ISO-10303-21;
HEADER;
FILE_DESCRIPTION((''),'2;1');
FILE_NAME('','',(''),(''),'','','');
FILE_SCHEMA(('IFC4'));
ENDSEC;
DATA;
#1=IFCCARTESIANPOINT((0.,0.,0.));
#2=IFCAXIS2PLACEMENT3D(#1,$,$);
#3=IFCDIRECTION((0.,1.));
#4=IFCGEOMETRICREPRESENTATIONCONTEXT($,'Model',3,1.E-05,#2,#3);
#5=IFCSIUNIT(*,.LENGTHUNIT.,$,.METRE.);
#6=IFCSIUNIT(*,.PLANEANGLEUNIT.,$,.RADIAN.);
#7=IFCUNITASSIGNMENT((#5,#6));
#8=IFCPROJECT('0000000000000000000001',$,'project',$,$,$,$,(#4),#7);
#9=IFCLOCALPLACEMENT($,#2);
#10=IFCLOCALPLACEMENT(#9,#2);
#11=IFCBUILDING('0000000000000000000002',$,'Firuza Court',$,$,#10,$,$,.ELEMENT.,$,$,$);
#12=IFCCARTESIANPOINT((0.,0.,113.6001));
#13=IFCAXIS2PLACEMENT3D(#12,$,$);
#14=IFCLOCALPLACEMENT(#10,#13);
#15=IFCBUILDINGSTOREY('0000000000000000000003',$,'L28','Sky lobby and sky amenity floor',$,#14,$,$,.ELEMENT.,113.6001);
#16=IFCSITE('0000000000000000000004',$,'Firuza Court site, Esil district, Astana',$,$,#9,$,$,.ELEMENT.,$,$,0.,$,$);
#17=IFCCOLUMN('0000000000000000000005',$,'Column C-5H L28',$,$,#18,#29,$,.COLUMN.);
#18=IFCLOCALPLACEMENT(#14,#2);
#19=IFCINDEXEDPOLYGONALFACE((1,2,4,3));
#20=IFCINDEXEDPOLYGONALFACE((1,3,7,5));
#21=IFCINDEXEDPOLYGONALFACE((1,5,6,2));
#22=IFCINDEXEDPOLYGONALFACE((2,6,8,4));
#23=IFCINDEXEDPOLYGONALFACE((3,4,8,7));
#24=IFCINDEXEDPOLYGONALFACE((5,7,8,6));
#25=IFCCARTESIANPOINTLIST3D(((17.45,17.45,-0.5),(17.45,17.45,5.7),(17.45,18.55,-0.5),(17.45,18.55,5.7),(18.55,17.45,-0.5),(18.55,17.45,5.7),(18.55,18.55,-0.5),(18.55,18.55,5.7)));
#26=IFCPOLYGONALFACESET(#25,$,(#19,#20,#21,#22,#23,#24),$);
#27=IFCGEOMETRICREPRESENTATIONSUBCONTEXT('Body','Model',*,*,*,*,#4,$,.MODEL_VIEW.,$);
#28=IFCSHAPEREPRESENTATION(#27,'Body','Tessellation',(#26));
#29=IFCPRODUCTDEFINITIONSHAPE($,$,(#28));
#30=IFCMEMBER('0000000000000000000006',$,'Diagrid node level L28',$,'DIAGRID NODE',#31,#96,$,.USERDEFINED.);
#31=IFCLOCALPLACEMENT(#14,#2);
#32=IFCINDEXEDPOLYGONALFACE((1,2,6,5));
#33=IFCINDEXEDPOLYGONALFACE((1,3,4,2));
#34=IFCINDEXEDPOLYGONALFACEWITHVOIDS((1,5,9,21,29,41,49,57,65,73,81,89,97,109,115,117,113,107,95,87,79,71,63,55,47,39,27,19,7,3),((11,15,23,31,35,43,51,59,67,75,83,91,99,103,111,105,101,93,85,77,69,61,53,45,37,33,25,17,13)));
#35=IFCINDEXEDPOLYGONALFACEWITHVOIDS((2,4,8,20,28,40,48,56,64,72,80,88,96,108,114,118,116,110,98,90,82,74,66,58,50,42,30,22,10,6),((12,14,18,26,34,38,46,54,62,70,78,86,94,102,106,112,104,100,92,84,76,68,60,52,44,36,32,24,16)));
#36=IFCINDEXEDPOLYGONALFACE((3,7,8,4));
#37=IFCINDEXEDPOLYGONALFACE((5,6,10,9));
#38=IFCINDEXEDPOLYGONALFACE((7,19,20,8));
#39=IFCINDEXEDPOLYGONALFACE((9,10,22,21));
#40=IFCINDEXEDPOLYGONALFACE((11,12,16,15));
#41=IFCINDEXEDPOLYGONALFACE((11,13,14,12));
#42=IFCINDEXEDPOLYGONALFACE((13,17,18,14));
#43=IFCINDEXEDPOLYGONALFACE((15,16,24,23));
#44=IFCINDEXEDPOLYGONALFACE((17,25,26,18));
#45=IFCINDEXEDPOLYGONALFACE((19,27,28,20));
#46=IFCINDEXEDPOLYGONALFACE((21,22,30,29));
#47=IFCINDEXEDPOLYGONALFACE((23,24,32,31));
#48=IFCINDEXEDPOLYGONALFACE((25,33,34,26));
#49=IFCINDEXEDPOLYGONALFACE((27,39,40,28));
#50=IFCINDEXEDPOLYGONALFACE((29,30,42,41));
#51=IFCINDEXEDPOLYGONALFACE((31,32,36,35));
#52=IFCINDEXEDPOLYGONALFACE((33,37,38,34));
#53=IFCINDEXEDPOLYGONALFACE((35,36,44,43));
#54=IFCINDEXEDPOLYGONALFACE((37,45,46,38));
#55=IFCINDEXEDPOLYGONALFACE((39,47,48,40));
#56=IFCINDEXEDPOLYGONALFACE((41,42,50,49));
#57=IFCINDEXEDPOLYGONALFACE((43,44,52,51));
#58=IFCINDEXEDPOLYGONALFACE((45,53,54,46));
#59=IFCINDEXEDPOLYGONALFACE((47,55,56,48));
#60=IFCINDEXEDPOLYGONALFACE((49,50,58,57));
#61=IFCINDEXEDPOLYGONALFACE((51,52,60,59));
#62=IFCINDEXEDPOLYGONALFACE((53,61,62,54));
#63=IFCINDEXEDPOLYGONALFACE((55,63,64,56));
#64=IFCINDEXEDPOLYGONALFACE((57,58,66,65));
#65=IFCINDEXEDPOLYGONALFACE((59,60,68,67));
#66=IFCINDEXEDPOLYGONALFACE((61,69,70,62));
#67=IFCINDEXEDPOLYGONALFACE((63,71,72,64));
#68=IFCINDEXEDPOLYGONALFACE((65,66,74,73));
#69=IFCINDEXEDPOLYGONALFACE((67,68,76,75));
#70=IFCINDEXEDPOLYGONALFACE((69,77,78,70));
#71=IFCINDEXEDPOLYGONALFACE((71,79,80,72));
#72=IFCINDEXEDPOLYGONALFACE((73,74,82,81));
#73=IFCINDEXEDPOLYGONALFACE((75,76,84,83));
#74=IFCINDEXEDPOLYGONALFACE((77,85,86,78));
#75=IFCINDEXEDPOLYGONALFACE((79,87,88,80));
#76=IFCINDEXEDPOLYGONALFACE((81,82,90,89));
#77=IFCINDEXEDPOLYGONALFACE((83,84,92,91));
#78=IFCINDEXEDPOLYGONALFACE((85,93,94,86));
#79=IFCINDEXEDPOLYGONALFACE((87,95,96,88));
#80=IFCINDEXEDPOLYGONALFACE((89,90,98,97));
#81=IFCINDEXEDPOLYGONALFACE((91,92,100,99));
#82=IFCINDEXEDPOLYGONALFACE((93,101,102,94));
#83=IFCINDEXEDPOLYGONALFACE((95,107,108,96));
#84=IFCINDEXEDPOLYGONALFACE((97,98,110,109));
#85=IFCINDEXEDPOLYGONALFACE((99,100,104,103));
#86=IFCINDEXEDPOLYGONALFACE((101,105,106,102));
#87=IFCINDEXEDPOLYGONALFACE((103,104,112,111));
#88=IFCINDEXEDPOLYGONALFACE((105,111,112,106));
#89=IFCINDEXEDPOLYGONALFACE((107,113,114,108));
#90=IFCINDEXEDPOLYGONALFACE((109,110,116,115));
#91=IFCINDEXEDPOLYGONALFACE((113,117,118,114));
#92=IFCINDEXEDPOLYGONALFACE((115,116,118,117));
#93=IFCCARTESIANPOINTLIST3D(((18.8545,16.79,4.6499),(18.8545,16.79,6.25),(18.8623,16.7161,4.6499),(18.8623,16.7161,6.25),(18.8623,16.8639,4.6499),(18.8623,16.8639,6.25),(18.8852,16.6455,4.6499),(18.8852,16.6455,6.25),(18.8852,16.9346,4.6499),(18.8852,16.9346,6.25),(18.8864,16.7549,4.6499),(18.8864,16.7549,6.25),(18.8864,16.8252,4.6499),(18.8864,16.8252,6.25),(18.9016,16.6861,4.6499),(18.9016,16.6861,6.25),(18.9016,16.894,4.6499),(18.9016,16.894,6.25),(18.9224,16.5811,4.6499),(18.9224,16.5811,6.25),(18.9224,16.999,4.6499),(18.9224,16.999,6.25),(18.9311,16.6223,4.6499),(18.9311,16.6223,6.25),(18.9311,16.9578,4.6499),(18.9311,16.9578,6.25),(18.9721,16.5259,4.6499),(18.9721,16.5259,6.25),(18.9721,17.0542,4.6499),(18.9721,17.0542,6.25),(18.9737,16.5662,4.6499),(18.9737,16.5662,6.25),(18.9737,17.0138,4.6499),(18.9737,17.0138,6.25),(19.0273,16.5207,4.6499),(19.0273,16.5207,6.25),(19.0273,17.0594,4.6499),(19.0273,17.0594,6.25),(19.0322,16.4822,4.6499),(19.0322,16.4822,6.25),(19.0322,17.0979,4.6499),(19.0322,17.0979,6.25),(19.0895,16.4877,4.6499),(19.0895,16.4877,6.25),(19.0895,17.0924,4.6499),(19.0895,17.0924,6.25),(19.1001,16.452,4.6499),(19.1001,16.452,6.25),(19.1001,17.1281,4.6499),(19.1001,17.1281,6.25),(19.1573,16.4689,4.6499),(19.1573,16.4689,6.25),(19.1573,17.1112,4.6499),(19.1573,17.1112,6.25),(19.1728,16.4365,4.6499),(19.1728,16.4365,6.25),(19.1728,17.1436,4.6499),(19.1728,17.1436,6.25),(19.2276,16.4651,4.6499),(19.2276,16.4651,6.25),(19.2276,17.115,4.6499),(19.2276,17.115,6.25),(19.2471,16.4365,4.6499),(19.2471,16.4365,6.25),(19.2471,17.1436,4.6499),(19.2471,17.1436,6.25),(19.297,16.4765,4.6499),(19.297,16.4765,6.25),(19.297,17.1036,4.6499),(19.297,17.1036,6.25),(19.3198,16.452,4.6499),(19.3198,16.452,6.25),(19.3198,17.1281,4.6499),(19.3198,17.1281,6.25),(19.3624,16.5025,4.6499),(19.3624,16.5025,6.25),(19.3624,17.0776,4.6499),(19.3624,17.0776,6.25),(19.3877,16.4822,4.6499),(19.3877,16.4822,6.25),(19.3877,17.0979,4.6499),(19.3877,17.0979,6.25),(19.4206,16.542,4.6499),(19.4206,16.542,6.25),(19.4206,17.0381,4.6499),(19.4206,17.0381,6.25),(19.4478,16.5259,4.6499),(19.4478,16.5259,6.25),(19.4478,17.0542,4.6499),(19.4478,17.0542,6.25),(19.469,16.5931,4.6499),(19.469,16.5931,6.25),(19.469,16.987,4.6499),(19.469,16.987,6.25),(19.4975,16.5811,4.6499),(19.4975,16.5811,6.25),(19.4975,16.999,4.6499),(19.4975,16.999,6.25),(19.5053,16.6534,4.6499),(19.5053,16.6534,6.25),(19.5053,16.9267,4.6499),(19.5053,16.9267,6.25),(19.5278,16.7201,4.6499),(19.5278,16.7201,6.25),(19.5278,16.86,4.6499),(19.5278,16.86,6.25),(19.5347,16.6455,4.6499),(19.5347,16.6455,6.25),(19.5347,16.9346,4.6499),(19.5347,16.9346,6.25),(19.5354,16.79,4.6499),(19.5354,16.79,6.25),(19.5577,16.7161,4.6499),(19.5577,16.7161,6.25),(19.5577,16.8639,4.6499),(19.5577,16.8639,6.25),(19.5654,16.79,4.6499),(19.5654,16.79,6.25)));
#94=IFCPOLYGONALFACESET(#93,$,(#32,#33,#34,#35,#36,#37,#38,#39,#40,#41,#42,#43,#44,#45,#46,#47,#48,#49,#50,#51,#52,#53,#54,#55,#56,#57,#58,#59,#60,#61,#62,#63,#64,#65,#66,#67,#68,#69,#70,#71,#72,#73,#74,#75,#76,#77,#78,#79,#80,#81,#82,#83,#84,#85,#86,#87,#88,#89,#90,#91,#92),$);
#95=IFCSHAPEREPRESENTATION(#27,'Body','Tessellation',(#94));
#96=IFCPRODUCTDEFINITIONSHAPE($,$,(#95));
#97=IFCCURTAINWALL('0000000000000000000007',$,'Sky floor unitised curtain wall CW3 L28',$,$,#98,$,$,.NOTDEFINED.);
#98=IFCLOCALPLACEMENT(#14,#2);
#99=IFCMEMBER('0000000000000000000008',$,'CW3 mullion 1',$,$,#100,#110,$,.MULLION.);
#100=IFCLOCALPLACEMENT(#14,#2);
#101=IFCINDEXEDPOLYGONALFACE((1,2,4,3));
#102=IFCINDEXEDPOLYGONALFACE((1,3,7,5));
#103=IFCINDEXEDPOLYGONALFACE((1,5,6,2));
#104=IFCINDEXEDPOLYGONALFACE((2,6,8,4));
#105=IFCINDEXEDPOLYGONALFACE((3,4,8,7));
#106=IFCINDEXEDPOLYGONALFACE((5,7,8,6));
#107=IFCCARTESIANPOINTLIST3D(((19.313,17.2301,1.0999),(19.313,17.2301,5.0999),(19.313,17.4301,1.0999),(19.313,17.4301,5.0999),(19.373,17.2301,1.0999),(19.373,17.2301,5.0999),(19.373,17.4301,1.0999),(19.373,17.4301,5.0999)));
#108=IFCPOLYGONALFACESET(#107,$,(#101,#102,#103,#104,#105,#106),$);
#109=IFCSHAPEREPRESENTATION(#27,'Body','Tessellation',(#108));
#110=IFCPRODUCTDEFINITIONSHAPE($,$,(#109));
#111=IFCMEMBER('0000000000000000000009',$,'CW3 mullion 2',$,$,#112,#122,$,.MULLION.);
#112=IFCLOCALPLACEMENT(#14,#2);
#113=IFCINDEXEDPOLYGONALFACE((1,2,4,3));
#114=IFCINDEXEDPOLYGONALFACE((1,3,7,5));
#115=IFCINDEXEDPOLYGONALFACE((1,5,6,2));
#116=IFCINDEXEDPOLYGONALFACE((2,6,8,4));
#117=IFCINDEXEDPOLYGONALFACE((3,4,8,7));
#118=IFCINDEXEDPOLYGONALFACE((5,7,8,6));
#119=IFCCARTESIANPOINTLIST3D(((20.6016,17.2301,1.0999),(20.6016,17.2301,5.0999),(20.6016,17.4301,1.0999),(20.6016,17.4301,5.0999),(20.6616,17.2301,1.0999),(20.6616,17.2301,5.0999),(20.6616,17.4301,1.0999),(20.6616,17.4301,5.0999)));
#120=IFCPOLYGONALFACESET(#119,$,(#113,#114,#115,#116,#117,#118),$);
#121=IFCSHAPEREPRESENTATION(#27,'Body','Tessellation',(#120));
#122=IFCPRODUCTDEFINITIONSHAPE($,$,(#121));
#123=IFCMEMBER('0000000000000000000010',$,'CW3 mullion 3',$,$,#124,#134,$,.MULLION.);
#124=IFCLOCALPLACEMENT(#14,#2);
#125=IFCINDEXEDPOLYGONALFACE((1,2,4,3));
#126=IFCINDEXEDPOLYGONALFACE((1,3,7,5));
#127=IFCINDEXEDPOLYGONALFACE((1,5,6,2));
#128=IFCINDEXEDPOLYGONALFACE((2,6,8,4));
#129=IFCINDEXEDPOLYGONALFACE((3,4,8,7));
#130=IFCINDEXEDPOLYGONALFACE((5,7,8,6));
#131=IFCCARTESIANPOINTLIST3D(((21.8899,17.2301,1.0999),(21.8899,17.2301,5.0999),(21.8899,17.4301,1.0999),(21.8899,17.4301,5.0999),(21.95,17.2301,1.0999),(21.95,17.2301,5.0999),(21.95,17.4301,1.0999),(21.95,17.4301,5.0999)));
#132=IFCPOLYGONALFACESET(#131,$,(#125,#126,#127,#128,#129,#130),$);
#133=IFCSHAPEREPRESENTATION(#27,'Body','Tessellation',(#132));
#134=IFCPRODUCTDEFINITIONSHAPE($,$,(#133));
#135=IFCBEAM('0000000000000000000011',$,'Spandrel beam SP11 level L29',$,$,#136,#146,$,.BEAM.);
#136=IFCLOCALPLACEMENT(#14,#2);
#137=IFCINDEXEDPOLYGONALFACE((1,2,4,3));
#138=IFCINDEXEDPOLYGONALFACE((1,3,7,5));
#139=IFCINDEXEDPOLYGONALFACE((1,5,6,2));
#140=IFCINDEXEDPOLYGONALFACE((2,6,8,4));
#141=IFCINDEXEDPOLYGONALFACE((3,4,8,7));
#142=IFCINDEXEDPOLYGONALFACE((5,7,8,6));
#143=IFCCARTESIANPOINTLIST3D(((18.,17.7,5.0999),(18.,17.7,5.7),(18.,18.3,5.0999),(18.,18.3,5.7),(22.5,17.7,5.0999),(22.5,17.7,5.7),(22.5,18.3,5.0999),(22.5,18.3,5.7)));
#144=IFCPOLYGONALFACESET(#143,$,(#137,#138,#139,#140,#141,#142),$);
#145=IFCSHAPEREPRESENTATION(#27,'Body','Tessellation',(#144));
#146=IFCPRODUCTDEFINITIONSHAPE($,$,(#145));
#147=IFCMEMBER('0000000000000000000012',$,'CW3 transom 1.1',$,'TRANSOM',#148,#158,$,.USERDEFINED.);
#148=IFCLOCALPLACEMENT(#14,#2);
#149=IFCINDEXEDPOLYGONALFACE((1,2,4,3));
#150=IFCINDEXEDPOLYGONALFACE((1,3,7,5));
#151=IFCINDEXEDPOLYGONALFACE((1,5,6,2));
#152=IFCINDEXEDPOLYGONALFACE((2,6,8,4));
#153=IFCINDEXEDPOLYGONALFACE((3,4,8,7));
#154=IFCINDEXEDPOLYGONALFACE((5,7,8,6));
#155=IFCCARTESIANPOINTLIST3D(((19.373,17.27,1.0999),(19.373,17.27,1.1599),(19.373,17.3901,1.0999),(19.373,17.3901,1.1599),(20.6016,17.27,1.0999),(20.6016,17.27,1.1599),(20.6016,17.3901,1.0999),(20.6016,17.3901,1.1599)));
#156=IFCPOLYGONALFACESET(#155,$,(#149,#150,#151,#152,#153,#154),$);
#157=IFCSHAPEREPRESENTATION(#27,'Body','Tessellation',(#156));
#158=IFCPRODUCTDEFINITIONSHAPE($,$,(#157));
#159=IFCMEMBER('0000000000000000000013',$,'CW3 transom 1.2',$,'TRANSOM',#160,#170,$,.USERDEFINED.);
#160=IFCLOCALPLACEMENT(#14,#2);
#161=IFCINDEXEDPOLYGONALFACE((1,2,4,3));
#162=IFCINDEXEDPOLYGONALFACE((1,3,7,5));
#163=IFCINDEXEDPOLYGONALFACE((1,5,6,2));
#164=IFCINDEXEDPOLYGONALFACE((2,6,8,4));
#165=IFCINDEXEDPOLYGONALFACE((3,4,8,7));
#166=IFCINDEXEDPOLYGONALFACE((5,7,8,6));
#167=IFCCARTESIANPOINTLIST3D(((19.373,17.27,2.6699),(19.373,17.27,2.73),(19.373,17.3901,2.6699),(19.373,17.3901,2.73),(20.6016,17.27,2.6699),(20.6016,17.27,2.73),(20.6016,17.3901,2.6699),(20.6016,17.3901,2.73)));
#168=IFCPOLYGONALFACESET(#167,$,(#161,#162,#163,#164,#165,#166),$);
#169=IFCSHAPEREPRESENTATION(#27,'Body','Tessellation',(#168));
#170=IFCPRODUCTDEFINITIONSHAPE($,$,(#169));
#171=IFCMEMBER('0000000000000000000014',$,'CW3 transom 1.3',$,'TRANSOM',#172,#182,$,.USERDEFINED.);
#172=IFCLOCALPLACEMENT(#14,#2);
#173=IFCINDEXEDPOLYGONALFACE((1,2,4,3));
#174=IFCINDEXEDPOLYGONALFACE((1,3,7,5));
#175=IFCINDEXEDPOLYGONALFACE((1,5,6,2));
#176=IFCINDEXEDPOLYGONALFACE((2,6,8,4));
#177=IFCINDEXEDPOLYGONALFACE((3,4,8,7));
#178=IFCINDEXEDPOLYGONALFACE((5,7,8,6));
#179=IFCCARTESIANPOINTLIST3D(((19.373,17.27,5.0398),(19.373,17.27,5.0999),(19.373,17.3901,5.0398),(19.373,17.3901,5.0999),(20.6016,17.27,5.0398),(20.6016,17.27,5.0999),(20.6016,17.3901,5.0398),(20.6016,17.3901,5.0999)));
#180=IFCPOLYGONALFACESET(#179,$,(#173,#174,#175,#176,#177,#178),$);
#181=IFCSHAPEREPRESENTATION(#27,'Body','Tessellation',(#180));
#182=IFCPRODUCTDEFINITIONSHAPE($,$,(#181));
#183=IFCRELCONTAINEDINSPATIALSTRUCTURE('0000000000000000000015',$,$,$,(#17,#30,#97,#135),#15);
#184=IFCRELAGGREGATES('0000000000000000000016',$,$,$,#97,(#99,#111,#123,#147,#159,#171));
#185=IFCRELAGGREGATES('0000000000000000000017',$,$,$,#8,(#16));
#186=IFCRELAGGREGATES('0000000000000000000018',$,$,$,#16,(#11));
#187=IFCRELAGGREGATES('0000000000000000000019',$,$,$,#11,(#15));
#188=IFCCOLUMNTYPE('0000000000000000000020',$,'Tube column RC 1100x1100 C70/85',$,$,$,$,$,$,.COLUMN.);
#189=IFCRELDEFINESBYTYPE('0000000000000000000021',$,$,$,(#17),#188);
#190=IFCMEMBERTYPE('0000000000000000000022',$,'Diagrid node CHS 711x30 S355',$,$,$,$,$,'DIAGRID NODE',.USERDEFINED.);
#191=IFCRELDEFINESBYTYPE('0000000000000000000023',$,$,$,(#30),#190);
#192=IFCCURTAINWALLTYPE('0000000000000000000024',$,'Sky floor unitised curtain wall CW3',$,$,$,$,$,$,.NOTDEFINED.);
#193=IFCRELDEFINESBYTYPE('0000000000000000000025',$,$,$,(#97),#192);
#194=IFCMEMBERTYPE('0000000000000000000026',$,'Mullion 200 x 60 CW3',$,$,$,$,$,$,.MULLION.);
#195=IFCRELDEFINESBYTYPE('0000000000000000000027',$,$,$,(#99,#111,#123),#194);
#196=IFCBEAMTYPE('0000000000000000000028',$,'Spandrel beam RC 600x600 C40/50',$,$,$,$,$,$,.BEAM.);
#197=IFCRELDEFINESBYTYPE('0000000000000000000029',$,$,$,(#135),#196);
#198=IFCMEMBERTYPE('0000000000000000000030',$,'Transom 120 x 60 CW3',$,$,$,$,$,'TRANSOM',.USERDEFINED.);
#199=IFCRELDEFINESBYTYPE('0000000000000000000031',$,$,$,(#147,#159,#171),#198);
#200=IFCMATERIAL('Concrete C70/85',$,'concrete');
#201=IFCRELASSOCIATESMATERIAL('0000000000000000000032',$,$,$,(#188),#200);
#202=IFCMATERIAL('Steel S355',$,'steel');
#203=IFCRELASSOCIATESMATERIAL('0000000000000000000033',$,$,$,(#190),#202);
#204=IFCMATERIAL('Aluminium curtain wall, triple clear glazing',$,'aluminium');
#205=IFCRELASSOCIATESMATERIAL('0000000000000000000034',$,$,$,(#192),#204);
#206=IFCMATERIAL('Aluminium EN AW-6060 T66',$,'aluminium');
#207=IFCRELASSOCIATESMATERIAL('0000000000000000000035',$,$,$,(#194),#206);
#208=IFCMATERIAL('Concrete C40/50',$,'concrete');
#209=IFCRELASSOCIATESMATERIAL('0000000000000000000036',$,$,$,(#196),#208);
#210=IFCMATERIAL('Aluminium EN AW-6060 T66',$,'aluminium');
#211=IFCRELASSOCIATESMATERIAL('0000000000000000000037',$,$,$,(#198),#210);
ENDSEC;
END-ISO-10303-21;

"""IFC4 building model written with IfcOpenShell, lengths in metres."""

from ifc_helpers import new_model, si_unit, direction, frame, origin, origin_2d, place, context, subcontext, project, spatial, rectangle, hollow_circle, extrude, material, material_profile, profile_set, type_object, element, aggregate, save


model = new_model("IFC4")

# Units and contexts
model_context = context("Model", 3, precision=1e-05, world=origin(), true_north=direction((0.0, 1.0)))
body_context = subcontext(model_context, "Body", "Model", "MODEL_VIEW")
ifc_project = project(units=[si_unit("LENGTHUNIT", "METRE"), si_unit("PLANEANGLEUNIT", "RADIAN")], contexts=[model_context])

# Site, building, storey
site_placement = place(None, origin())
site = spatial("IfcSite", under=ifc_project, at=site_placement, Name="Firuza Court site, Esil district, Astana", CompositionType="ELEMENT", RefElevation=0.0)
building_placement = place(site_placement, origin())
building = spatial("IfcBuilding", under=site, at=building_placement, Name="Firuza Court", CompositionType="ELEMENT")
storey_placement = place(building_placement, frame((0.0, 0.0, 113.6001)))
storey = spatial("IfcBuildingStorey", under=building, at=storey_placement, Name="L28", Description="Sky lobby and sky amenity floor", CompositionType="ELEMENT", Elevation=113.6001)

# Column
ifc_material_1 = material(Name="Concrete C70/85", Category="concrete")
ifc_material_profile_1 = material_profile(ifc_material_1, rectangle(XDim=1.1001, YDim=1.1001, at=origin_2d()), Name="RC 1100x1100")
ifc_profile_set_1 = profile_set([ifc_material_profile_1], Name="Concrete C70/85")
column_type = type_object("IfcColumnType", Name="Tube column RC 1100x1100 C70/85", PredefinedType="COLUMN", material=ifc_profile_set_1)
column_placement = place(storey_placement, frame((18.0, 18.0, -0.5), z_axis=(0.0, 0.0, 1.0), x_axis=(1.0, 0.0, 0.0)))
element("IfcColumn", 1, at=column_placement, inside=storey, type_object=column_type, Name="Column C-5H L28", PredefinedType="COLUMN", context=body_context, shape_type="SweptSolid", body=[
    extrude(rectangle(XDim=1.1001, YDim=1.1001, at=origin_2d()), origin(), (0.0, 0.0, 1.0), 6.2),
])

# Member
ifc_material_2 = material(Name="Steel S355", Category="steel")
ifc_material_profile_2 = material_profile(ifc_material_2, hollow_circle(Radius=0.3555, WallThickness=0.03, at=origin_2d()), Name="CHS 711x30")
ifc_profile_set_2 = profile_set([ifc_material_profile_2], Name="Steel S355")
member_type_1 = type_object("IfcMemberType", Name="Diagrid node CHS 711x30 S355", ElementType="DIAGRID NODE", PredefinedType="USERDEFINED", material=ifc_profile_set_2)
member_1_placement = place(storey_placement, frame((19.21, 16.79, 4.6499), z_axis=(0.0, 0.0, 1.0), x_axis=(1.0, 0.0, 0.0)))
element("IfcMember", 2, at=member_1_placement, inside=storey, type_object=member_type_1, Name="Diagrid node level L28", ObjectType="DIAGRID NODE", PredefinedType="USERDEFINED", context=body_context, shape_type="SweptSolid", body=[
    extrude(hollow_circle(Radius=0.3555, WallThickness=0.03, at=origin_2d()), origin(), (0.0, 0.0, 1.0), 1.6001),
])

# Curtain wall, members
ifc_material_3 = material(Name="Aluminium curtain wall, triple clear glazing", Category="aluminium")
curtain_wall_type = type_object("IfcCurtainWallType", Name="Sky floor unitised curtain wall CW3", PredefinedType="NOTDEFINED", material=ifc_material_3)
curtain_wall_placement = place(storey_placement, origin())
curtain_wall = element("IfcCurtainWall", 3, at=curtain_wall_placement, inside=storey, type_object=curtain_wall_type, Name="Sky floor unitised curtain wall CW3 L28", PredefinedType="NOTDEFINED")
ifc_material_4 = material(Name="Aluminium EN AW-6060 T66", Category="aluminium")
ifc_material_profile_3 = material_profile(ifc_material_4, rectangle(XDim=0.2, YDim=0.0601, at=origin_2d()), Name="Mullion 200 x 60 CW3")
ifc_profile_set_3 = profile_set([ifc_material_profile_3], Name="Aluminium EN AW-6060 T66")
member_type_2 = type_object("IfcMemberType", Name="Mullion 200 x 60 CW3", PredefinedType="MULLION", material=ifc_profile_set_3)
member_2_placement = place(storey_placement, frame((19.343, 17.3301, 1.0999), z_axis=(0.0, 0.0, 1.0), x_axis=(0.0, 1.0, 0.0)))
member_2 = element("IfcMember", 4, at=member_2_placement, type_object=member_type_2, Name="CW3 mullion 1", PredefinedType="MULLION", context=body_context, shape_type="SweptSolid", body=[
    extrude(rectangle(XDim=0.2, YDim=0.0601, at=origin_2d()), origin(), (0.0, 0.0, 1.0), 4.0),
])
member_3_placement = place(storey_placement, frame((20.6316, 17.3301, 1.0999), z_axis=(0.0, 0.0, 1.0), x_axis=(0.0, 1.0, 0.0)))
member_3 = element("IfcMember", 5, at=member_3_placement, type_object=member_type_2, Name="CW3 mullion 2", PredefinedType="MULLION", context=body_context, shape_type="SweptSolid", body=[
    extrude(rectangle(XDim=0.2, YDim=0.0601, at=origin_2d()), origin(), (0.0, 0.0, 1.0), 4.0),
])
member_4_placement = place(storey_placement, frame((21.9199, 17.3301, 1.0999), z_axis=(0.0, 0.0, 1.0), x_axis=(0.0, 1.0, 0.0)))
member_4 = element("IfcMember", 6, at=member_4_placement, type_object=member_type_2, Name="CW3 mullion 3", PredefinedType="MULLION", context=body_context, shape_type="SweptSolid", body=[
    extrude(rectangle(XDim=0.2, YDim=0.0601, at=origin_2d()), origin(), (0.0, 0.0, 1.0), 4.0),
])

# Beam
ifc_material_5 = material(Name="Concrete C40/50", Category="concrete")
ifc_material_profile_4 = material_profile(ifc_material_5, rectangle(XDim=0.6001, YDim=0.6001, at=origin_2d()), Name="RC 600x600")
ifc_profile_set_4 = profile_set([ifc_material_profile_4], Name="Concrete C40/50")
beam_type = type_object("IfcBeamType", Name="Spandrel beam RC 600x600 C40/50", PredefinedType="BEAM", material=ifc_profile_set_4)
beam_placement = place(storey_placement, frame((18.0, 18.0, 5.3999), z_axis=(1.0, 0.0, 0.0), x_axis=(0.0, 1.0, 0.0)))
element("IfcBeam", 7, at=beam_placement, inside=storey, type_object=beam_type, Name="Spandrel beam SP11 level L29", PredefinedType="BEAM", context=body_context, shape_type="SweptSolid", body=[
    extrude(rectangle(XDim=0.6001, YDim=0.6001, at=origin_2d()), origin(), (0.0, 0.0, 1.0), 4.5),
])

# Members
ifc_material_6 = material(Name="Aluminium EN AW-6060 T66", Category="aluminium")
ifc_material_profile_5 = material_profile(ifc_material_6, rectangle(XDim=0.1201, YDim=0.0601, at=origin_2d()), Name="Transom 120 x 60 CW3")
ifc_profile_set_5 = profile_set([ifc_material_profile_5], Name="Aluminium EN AW-6060 T66")
member_type_3 = type_object("IfcMemberType", Name="Transom 120 x 60 CW3", ElementType="TRANSOM", PredefinedType="USERDEFINED", material=ifc_profile_set_5)
member_5_placement = place(storey_placement, frame((19.373, 17.3301, 1.1299), z_axis=(1.0, 0.0, 0.0), x_axis=(0.0, 1.0, 0.0)))
member_5 = element("IfcMember", 8, at=member_5_placement, type_object=member_type_3, Name="CW3 transom 1.1", ObjectType="TRANSOM", PredefinedType="USERDEFINED", context=body_context, shape_type="SweptSolid", body=[
    extrude(rectangle(XDim=0.1201, YDim=0.0601, at=origin_2d()), origin(), (0.0, 0.0, 1.0), 1.2285),
])
member_6_placement = place(storey_placement, frame((19.373, 17.3301, 2.7), z_axis=(1.0, 0.0, 0.0), x_axis=(0.0, 1.0, 0.0)))
member_6 = element("IfcMember", 9, at=member_6_placement, type_object=member_type_3, Name="CW3 transom 1.2", ObjectType="TRANSOM", PredefinedType="USERDEFINED", context=body_context, shape_type="SweptSolid", body=[
    extrude(rectangle(XDim=0.1201, YDim=0.0601, at=origin_2d()), origin(), (0.0, 0.0, 1.0), 1.2285),
])
member_7_placement = place(storey_placement, frame((19.373, 17.3301, 5.0698), z_axis=(1.0, 0.0, 0.0), x_axis=(0.0, 1.0, 0.0)))
member_7 = element("IfcMember", 10, at=member_7_placement, type_object=member_type_3, Name="CW3 transom 1.3", ObjectType="TRANSOM", PredefinedType="USERDEFINED", context=body_context, shape_type="SweptSolid", body=[
    extrude(rectangle(XDim=0.1201, YDim=0.0601, at=origin_2d()), origin(), (0.0, 0.0, 1.0), 1.2285),
])

aggregate(curtain_wall, [member_2, member_3, member_4, member_5, member_6, member_7])

save(model, "model.ifc")
